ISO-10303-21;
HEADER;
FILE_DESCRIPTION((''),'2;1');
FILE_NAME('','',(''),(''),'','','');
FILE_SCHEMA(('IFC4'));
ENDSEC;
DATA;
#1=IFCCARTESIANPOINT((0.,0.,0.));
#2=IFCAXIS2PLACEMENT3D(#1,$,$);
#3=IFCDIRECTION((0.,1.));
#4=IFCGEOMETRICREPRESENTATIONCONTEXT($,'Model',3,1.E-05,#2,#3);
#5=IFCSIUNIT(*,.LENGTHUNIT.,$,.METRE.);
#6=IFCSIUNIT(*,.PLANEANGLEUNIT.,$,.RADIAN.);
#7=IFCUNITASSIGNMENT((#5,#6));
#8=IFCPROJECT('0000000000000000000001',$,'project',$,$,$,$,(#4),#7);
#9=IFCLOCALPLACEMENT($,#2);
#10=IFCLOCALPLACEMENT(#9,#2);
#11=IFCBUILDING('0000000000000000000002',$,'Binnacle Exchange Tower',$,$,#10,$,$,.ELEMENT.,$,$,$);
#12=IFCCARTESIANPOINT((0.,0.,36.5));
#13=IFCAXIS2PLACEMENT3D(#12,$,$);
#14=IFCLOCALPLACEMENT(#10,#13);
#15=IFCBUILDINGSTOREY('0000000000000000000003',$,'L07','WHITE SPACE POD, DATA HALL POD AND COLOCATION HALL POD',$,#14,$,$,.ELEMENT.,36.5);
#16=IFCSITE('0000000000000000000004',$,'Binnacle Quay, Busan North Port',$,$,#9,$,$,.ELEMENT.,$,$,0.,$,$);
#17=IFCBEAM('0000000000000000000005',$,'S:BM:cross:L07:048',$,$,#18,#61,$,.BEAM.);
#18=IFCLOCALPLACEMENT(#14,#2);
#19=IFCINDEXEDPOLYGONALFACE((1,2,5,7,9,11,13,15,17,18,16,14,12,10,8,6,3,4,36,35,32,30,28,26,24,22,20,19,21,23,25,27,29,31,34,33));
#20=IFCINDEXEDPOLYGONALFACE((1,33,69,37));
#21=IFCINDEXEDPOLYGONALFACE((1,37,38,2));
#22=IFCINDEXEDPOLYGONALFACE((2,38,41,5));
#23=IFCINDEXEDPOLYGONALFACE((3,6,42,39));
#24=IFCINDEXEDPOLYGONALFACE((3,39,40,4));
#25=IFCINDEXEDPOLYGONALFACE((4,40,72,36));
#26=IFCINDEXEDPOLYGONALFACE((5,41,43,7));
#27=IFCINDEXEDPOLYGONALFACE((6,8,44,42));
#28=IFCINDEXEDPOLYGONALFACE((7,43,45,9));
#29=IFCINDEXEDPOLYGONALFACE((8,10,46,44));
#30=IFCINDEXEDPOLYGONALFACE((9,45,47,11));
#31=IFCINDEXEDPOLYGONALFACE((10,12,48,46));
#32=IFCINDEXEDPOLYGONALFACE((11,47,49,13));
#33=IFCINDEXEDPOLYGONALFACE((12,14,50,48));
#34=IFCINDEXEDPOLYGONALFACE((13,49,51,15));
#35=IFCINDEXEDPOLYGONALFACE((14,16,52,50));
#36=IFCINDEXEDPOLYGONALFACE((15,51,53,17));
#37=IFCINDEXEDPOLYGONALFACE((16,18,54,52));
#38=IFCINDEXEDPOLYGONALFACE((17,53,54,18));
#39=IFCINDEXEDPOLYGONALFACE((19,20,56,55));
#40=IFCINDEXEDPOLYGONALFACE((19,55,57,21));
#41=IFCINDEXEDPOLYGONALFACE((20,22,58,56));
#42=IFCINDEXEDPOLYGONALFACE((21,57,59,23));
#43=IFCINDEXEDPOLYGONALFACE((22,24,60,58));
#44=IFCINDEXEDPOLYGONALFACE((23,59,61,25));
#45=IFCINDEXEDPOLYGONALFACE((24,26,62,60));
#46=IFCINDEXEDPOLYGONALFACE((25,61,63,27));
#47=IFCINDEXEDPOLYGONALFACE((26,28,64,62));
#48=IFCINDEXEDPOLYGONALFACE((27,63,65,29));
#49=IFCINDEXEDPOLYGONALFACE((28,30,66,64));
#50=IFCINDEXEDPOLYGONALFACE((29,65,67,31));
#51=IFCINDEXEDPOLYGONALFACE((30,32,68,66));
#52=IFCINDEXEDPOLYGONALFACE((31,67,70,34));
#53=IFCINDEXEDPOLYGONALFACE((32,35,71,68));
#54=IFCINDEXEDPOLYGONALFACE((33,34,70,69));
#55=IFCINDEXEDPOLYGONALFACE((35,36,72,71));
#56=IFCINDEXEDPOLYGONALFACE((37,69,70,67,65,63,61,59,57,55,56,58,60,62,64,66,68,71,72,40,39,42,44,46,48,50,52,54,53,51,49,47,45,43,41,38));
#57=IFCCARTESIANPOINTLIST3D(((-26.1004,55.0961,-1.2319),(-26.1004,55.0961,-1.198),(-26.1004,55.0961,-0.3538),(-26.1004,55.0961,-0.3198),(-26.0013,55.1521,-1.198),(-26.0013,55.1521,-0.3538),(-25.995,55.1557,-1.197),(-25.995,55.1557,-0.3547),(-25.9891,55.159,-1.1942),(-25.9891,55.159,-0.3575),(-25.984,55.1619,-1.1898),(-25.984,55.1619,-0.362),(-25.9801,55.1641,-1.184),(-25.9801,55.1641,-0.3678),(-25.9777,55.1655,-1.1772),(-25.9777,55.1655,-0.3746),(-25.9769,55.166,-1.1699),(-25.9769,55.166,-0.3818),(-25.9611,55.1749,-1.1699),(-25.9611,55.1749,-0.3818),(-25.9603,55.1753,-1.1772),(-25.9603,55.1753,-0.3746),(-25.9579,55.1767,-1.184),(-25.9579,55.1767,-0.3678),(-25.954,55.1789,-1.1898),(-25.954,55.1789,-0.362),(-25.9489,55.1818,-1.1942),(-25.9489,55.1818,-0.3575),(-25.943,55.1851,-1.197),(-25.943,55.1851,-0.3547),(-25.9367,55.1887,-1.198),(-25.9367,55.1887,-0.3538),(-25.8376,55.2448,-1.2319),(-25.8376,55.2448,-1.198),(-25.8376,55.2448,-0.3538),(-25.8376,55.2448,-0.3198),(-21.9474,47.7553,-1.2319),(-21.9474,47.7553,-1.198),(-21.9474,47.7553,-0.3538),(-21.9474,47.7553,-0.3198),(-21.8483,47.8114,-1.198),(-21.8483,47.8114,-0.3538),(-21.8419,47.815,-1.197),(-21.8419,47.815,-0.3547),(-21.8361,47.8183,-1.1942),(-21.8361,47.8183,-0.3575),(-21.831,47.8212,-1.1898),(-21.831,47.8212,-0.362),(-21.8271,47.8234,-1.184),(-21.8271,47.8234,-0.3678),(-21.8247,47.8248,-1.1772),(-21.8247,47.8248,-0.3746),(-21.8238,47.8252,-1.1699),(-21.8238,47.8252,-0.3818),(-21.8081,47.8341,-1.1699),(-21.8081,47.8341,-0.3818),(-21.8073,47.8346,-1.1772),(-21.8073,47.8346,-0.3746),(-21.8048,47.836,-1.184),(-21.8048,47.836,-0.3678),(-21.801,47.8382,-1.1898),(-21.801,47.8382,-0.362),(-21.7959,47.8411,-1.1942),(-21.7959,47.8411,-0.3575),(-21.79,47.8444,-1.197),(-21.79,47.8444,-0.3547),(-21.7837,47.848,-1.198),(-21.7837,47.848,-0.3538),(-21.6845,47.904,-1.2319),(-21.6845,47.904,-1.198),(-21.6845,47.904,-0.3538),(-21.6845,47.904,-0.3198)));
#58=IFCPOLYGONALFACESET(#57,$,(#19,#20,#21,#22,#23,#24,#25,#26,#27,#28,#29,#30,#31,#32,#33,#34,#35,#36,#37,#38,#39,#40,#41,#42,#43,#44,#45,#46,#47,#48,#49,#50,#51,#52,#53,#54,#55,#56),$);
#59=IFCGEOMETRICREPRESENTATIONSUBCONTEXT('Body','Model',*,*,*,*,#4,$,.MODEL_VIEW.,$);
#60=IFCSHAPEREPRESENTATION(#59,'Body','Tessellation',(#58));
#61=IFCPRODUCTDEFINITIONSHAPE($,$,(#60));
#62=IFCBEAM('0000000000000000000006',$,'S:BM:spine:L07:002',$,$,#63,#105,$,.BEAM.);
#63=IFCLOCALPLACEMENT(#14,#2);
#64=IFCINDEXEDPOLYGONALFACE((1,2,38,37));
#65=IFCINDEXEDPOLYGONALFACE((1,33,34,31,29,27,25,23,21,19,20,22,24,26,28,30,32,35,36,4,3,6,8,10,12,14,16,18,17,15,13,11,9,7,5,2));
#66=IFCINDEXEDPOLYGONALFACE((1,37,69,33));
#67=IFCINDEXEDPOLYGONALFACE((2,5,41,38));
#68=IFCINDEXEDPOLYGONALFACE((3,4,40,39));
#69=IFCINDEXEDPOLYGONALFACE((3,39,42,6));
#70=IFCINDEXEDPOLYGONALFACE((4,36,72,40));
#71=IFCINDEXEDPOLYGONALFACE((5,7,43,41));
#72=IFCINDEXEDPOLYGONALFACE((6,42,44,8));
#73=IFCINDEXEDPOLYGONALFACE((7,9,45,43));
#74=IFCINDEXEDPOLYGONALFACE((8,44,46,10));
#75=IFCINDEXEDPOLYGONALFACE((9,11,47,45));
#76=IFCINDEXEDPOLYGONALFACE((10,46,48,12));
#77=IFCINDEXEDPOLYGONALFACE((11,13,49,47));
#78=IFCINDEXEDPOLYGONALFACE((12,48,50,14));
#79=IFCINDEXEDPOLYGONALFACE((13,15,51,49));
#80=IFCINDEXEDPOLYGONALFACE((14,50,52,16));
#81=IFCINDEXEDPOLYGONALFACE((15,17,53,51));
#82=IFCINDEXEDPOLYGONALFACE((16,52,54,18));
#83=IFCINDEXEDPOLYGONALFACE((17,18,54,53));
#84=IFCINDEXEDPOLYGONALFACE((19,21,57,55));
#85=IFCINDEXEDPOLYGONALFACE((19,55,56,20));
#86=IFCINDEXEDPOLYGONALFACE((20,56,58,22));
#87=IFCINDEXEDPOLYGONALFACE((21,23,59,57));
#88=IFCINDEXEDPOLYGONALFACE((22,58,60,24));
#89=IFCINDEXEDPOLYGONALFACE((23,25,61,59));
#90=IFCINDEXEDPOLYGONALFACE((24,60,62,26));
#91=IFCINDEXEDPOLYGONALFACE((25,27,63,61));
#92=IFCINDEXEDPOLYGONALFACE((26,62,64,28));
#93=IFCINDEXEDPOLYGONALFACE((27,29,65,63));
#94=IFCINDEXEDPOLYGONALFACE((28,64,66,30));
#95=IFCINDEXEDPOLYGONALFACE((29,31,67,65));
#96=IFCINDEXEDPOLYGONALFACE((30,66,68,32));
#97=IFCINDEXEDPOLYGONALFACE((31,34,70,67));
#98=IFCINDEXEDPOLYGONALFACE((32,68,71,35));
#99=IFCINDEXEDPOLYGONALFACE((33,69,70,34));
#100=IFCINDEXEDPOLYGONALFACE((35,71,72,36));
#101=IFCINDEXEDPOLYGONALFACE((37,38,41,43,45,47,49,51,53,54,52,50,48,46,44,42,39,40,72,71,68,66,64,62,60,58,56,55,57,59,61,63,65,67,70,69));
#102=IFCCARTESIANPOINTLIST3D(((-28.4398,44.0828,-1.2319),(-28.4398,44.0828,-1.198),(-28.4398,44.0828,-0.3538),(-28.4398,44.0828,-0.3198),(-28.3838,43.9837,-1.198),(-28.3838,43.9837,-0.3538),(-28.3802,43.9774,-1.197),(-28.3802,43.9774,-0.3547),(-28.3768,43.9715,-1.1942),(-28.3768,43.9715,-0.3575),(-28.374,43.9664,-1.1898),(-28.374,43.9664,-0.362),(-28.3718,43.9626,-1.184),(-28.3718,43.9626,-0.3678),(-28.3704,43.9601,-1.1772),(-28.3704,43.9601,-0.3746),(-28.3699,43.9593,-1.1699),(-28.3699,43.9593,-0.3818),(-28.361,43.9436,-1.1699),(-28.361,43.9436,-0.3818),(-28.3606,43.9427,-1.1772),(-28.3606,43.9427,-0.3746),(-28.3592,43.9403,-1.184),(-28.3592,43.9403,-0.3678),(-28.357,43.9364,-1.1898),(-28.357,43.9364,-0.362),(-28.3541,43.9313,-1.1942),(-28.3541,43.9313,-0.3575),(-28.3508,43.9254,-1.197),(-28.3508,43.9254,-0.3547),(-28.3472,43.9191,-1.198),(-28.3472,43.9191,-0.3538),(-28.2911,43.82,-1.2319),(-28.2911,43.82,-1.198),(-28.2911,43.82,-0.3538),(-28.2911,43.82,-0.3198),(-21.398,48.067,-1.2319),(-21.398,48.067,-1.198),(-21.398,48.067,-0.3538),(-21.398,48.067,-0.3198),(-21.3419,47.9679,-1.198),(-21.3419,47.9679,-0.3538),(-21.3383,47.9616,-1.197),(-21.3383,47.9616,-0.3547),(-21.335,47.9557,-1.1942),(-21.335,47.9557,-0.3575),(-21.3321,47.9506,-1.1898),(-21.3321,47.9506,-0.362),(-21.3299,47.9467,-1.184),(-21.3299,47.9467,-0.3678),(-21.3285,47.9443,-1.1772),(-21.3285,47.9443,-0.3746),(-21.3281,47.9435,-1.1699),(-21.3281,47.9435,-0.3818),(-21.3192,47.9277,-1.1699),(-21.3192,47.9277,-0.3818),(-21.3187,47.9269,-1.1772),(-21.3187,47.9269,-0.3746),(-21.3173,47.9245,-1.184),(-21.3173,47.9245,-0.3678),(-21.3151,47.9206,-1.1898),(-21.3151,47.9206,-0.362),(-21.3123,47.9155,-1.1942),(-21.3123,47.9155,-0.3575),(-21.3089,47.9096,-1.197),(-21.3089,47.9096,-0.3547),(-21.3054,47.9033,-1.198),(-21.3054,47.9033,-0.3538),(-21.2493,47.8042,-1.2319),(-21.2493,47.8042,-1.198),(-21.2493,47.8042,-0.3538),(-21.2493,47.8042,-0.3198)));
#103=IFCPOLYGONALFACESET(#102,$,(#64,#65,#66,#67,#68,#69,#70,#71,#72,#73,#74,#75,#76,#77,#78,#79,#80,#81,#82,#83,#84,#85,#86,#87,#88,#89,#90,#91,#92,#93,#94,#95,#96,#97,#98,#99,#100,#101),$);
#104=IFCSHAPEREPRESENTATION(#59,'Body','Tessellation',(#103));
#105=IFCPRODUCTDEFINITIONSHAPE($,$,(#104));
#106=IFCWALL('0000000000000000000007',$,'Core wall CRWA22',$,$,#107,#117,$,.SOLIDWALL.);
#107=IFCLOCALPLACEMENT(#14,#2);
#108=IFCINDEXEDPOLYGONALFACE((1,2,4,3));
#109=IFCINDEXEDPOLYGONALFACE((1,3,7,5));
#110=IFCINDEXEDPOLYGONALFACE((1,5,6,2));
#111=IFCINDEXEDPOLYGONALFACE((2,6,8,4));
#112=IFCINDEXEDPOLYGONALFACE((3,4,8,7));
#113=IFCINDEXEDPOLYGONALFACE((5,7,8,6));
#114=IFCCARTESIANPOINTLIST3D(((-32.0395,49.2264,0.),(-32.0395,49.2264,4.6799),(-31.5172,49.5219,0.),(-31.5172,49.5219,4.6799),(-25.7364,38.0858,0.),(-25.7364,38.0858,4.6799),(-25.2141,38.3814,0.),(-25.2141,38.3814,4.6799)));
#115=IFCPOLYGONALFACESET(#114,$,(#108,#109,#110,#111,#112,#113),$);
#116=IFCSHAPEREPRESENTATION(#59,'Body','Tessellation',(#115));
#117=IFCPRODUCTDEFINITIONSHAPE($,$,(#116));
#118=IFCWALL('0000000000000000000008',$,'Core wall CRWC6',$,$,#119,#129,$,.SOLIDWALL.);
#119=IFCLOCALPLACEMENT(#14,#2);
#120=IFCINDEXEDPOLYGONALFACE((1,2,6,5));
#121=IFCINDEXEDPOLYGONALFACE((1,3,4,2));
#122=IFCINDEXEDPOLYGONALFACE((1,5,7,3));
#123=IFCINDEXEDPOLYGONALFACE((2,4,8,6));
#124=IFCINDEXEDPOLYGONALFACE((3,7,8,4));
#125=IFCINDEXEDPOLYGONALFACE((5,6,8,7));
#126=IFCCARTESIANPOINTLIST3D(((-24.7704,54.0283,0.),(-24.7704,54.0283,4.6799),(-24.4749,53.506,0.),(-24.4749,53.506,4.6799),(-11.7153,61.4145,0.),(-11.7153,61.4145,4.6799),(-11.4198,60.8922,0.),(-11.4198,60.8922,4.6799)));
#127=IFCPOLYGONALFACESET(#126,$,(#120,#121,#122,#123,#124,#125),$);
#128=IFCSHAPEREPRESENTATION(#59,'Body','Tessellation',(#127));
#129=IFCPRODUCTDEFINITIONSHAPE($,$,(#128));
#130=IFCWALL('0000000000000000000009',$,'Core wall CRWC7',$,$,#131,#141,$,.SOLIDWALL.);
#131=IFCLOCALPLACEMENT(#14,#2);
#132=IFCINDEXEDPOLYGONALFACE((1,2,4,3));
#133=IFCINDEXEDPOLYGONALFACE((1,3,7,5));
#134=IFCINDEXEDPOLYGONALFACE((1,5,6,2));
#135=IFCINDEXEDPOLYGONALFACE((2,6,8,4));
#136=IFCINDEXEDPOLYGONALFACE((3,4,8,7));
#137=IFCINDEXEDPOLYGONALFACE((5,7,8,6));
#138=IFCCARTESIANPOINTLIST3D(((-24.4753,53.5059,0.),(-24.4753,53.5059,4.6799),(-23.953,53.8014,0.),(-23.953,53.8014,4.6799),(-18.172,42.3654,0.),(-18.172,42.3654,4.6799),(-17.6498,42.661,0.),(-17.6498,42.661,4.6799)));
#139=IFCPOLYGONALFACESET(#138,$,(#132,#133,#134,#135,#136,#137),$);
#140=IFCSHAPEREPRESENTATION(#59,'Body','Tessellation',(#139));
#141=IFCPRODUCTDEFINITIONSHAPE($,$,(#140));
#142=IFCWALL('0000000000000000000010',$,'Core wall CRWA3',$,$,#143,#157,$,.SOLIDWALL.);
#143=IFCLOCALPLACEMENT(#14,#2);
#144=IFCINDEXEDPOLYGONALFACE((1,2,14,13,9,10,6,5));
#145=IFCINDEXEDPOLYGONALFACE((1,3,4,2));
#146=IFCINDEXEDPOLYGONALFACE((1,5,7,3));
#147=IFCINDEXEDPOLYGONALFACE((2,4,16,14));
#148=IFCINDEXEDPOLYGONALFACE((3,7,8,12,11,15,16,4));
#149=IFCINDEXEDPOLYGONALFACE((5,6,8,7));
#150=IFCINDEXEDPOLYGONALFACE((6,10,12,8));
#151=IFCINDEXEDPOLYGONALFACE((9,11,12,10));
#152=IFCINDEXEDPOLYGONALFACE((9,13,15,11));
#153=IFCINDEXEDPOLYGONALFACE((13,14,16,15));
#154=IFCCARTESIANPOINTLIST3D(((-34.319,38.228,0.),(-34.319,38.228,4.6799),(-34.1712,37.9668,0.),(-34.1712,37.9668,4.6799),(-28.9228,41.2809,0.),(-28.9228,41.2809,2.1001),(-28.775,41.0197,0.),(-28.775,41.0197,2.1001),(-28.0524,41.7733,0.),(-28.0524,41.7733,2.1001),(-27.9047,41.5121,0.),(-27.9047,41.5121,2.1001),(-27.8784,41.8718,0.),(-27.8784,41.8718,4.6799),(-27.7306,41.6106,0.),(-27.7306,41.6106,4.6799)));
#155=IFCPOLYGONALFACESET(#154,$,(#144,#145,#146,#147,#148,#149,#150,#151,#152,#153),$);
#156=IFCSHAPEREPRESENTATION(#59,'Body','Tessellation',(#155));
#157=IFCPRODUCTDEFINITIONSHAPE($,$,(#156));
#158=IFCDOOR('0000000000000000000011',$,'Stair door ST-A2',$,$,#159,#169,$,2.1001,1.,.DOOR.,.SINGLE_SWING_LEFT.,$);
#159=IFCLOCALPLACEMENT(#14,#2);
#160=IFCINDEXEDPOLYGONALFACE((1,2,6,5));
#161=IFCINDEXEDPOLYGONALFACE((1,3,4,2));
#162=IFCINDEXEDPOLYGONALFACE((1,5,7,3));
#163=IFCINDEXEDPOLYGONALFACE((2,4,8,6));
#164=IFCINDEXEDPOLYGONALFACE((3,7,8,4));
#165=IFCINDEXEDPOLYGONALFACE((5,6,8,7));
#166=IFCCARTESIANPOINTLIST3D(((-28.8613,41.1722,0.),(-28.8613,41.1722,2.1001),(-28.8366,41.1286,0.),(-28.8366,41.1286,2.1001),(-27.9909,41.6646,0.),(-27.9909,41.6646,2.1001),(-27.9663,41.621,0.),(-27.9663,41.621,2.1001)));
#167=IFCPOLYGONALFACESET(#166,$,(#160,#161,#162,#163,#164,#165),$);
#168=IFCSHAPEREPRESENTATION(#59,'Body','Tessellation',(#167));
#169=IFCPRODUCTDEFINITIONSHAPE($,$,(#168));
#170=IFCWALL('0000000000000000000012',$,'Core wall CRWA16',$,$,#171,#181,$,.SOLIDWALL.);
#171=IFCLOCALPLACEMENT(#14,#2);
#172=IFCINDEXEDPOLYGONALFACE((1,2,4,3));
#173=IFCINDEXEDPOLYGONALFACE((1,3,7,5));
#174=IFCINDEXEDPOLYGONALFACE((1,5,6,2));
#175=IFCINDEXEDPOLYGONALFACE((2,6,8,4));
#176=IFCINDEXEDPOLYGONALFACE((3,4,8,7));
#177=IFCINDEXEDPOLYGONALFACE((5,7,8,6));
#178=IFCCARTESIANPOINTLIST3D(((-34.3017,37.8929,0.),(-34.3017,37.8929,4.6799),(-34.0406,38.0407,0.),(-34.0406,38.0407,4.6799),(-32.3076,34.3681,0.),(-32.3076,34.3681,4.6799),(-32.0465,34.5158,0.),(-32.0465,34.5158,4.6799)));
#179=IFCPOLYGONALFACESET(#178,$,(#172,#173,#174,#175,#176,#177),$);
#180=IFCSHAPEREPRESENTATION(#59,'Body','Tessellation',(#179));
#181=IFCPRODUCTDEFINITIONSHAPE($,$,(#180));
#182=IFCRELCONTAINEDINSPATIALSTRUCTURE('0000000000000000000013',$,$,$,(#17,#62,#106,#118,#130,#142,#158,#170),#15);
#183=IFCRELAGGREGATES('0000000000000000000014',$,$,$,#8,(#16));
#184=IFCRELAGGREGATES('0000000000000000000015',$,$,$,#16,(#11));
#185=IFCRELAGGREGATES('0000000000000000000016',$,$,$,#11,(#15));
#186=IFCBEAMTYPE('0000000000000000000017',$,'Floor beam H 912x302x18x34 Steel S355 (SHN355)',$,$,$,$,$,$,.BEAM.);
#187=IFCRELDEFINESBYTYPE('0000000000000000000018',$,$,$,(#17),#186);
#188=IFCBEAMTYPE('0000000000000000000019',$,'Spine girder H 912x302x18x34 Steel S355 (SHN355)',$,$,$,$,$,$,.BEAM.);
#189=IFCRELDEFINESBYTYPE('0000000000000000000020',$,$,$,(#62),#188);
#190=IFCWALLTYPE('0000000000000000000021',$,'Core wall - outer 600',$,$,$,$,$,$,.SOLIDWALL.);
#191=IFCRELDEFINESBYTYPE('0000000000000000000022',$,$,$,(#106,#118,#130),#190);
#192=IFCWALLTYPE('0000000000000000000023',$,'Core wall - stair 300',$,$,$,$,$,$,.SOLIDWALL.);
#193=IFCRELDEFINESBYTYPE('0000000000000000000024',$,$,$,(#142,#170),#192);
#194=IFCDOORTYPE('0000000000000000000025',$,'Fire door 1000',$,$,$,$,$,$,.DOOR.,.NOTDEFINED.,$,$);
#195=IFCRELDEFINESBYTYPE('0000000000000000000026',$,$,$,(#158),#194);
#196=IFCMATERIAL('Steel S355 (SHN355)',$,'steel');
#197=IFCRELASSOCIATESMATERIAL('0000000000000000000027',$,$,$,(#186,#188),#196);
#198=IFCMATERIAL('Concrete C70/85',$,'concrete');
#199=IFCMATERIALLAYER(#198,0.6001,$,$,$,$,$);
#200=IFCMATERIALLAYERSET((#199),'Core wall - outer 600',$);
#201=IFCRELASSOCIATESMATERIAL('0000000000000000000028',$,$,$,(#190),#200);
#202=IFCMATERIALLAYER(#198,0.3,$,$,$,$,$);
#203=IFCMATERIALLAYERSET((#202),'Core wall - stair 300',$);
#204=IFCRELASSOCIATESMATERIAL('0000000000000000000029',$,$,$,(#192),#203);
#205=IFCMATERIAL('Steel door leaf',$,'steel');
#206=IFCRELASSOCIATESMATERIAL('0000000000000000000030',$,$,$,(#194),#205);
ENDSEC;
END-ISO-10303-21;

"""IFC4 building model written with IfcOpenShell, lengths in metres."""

from ifc_helpers import new_model, si_unit, direction, frame, frame_2d, origin, origin_2d, place, context, subcontext, project, spatial, rectangle, i_section, extrude, material, layer, layer_set, material_profile, profile_set, type_object, element, fill, save


model = new_model("IFC4")

# Units and contexts
model_context = context("Model", 3, precision=1e-05, world=origin(), true_north=direction((0.0, 1.0)))
body_context = subcontext(model_context, "Body", "Model", "MODEL_VIEW")
ifc_project = project(units=[si_unit("LENGTHUNIT", "METRE"), si_unit("PLANEANGLEUNIT", "RADIAN")], contexts=[model_context])

# Site, building, storey
site_placement = place(None, origin())
site = spatial("IfcSite", under=ifc_project, at=site_placement, Name="Binnacle Quay, Busan North Port", CompositionType="ELEMENT", RefElevation=0.0)
building_placement = place(site_placement, origin())
building = spatial("IfcBuilding", under=site, at=building_placement, Name="Binnacle Exchange Tower", CompositionType="ELEMENT")
storey_placement = place(building_placement, frame((0.0, 0.0, 36.5)))
storey = spatial("IfcBuildingStorey", under=building, at=storey_placement, Name="L07", Description="WHITE SPACE POD, DATA HALL POD AND COLOCATION HALL POD", CompositionType="ELEMENT", Elevation=36.5)

# Shared definitions
ifc_material_1 = material(Name="Concrete C70/85", Category="concrete")

# Beams
ifc_material_2 = material(Name="Steel S355 (SHN355)", Category="steel")
ifc_material_profile_1 = material_profile(ifc_material_2, i_section(OverallWidth=0.302, OverallDepth=0.9121, WebThickness=0.0181, FlangeThickness=0.0339, FilletRadius=0.0281, at=origin_2d()), Name="H 912x302x18x34")
ifc_profile_set_1 = profile_set([ifc_material_profile_1], Name="Steel S355 (SHN355)")
beam_type_1 = type_object("IfcBeamType", Name="Floor beam H 912x302x18x34 Steel S355 (SHN355)", PredefinedType="BEAM", material=ifc_profile_set_1)
beam_1_placement = place(storey_placement, frame((-25.969, 55.1704, -0.7759), z_axis=(0.492409, -0.870364, 0.0), x_axis=(0.870364, 0.492409, 0.0)))
element("IfcBeam", 1, at=beam_1_placement, inside=storey, type_object=beam_type_1, Name="S:BM:cross:L07:048", PredefinedType="BEAM", context=body_context, shape_type="SweptSolid", body=[
    extrude(i_section(OverallWidth=0.302, OverallDepth=0.9121, WebThickness=0.0181, FlangeThickness=0.0339, FilletRadius=0.0281, at=origin_2d()), origin(), (0.0, 0.0, 1.0), 8.4341),
])
ifc_material_profile_2 = material_profile(ifc_material_2, i_section(OverallWidth=0.302, OverallDepth=0.9121, WebThickness=0.0181, FlangeThickness=0.0339, FilletRadius=0.0281, at=origin_2d()), Name="H 912x302x18x34")
ifc_profile_set_2 = profile_set([ifc_material_profile_2], Name="Steel S355 (SHN355)")
beam_type_2 = type_object("IfcBeamType", Name="Spine girder H 912x302x18x34 Steel S355 (SHN355)", PredefinedType="BEAM", material=ifc_profile_set_2)
beam_2_placement = place(storey_placement, frame((-28.3655, 43.9514, -0.7759), z_axis=(0.87035, 0.492433, 0.0), x_axis=(-0.492433, 0.87035, 0.0)))
element("IfcBeam", 2, at=beam_2_placement, inside=storey, type_object=beam_type_2, Name="S:BM:spine:L07:002", PredefinedType="BEAM", context=body_context, shape_type="SweptSolid", body=[
    extrude(i_section(OverallWidth=0.302, OverallDepth=0.9121, WebThickness=0.0181, FlangeThickness=0.0339, FilletRadius=0.0281, at=origin_2d()), origin(), (0.0, 0.0, 1.0), 8.0908),
])

# Walls
ifc_layer_1 = layer(ifc_material_1, 0.6001)
ifc_layer_set_1 = layer_set([ifc_layer_1], Name="Core wall - outer 600")
wall_type_1 = type_object("IfcWallType", Name="Core wall - outer 600", PredefinedType="SOLIDWALL", material=ifc_layer_set_1)
wall_1_placement = place(storey_placement, frame((-31.7783, 49.374, 0.0), z_axis=(0.0, 0.0, 1.0), x_axis=(0.492433, -0.87035, 0.0)))
element("IfcWall", 3, at=wall_1_placement, inside=storey, type_object=wall_type_1, Name="Core wall CRWA22", PredefinedType="SOLIDWALL", context=body_context, shape_type="SweptSolid", body=[
    extrude(rectangle(XDim=12.8, YDim=0.6001, at=frame_2d((6.3999, 0.0))), origin(), (0.0, 0.0, 1.0), 4.6799),
])
wall_2_placement = place(storey_placement, frame((-24.6228, 53.7671, 0.0), z_axis=(0.0, 0.0, 1.0), x_axis=(0.870357, 0.492422, 0.0)))
element("IfcWall", 4, at=wall_2_placement, inside=storey, type_object=wall_type_1, Name="Core wall CRWC6", PredefinedType="SOLIDWALL", context=body_context, shape_type="SweptSolid", body=[
    extrude(rectangle(XDim=14.9998, YDim=0.6001, at=frame_2d((7.5, 0.0))), origin(), (0.0, 0.0, 1.0), 4.6799),
])
wall_3_placement = place(storey_placement, frame((-24.2141, 53.6536, 0.0), z_axis=(0.0, 0.0, 1.0), x_axis=(0.492441, -0.870346, 0.0)))
element("IfcWall", 5, at=wall_3_placement, inside=storey, type_object=wall_type_1, Name="Core wall CRWC7", PredefinedType="SOLIDWALL", context=body_context, shape_type="SweptSolid", body=[
    extrude(rectangle(XDim=12.8, YDim=0.6001, at=frame_2d((6.3999, 0.0))), origin(), (0.0, 0.0, 1.0), 4.6799),
])

# Wall, opening, door
ifc_layer_2 = layer(ifc_material_1, 0.3)
ifc_layer_set_2 = layer_set([ifc_layer_2], Name="Core wall - stair 300")
wall_type_2 = type_object("IfcWallType", Name="Core wall - stair 300", PredefinedType="SOLIDWALL", material=ifc_layer_set_2)
wall_4_placement = place(storey_placement, frame((-34.2451, 38.0974, 0.0), z_axis=(0.0, 0.0, 1.0), x_axis=(0.870365, 0.492407, 0.0)))
wall_4 = element("IfcWall", 6, at=wall_4_placement, inside=storey, type_object=wall_type_2, Name="Core wall CRWA3", PredefinedType="SOLIDWALL", context=body_context, shape_type="SweptSolid", body=[
    extrude(rectangle(XDim=7.3999, YDim=0.3, at=frame_2d((3.7, 0.0))), origin(), (0.0, 0.0, 1.0), 4.6799),
])
opening_1_placement = place(wall_4_placement, frame((6.2, 0.0, 0.0)))
opening_1 = element("IfcOpeningElement", 7, at=opening_1_placement, cuts=wall_4, PredefinedType="OPENING", context=body_context, shape_type="SweptSolid", body=[
    extrude(rectangle(XDim=1.0, YDim=2.1001, at=frame_2d((0.5, 1.05))), frame((0.0, 0.1599, 0.0), z_axis=(0.0, -1.0, 0.0), x_axis=(1.0, 0.0, 0.0)), (0.0, 0.0, 1.0), 0.3201),
])
ifc_material_3 = material(Name="Steel door leaf", Category="steel")
door_type_1 = type_object("IfcDoorType", Name="Fire door 1000", OperationType="NOTDEFINED", PredefinedType="DOOR", material=ifc_material_3)
door_1_placement = place(opening_1_placement, frame((1.0, 0.0, 0.0), z_axis=(0.0, 0.0, 1.0), x_axis=(-1.0, 0.0, 0.0)))
door_1 = element("IfcDoor", 8, at=door_1_placement, inside=storey, type_object=door_type_1, Name="Stair door ST-A2", OperationType="SINGLE_SWING_LEFT", OverallHeight=2.1001, OverallWidth=1.0, PredefinedType="DOOR", context=body_context, shape_type="SweptSolid", body=[
    extrude(rectangle(XDim=1.0, YDim=2.1001, at=frame_2d((0.5, 1.05))), frame((0.0, 0.0249, 0.0), z_axis=(0.0, -1.0, 0.0), x_axis=(1.0, 0.0, 0.0)), (0.0, 0.0, 1.0), 0.05),
])
fill(opening_1, door_1)

# Wall
wall_5_placement = place(storey_placement, frame((-34.1711, 37.9668, 0.0), z_axis=(0.0, 0.0, 1.0), x_axis=(0.492395, -0.870372, 0.0)))
element("IfcWall", 9, at=wall_5_placement, inside=storey, type_object=wall_type_2, Name="Core wall CRWA16", PredefinedType="SOLIDWALL", context=body_context, shape_type="SweptSolid", body=[
    extrude(rectangle(XDim=4.0498, YDim=0.3, at=frame_2d((2.0249, 0.0))), origin(), (0.0, 0.0, 1.0), 4.6799),
])

save(model, "model.ifc")
